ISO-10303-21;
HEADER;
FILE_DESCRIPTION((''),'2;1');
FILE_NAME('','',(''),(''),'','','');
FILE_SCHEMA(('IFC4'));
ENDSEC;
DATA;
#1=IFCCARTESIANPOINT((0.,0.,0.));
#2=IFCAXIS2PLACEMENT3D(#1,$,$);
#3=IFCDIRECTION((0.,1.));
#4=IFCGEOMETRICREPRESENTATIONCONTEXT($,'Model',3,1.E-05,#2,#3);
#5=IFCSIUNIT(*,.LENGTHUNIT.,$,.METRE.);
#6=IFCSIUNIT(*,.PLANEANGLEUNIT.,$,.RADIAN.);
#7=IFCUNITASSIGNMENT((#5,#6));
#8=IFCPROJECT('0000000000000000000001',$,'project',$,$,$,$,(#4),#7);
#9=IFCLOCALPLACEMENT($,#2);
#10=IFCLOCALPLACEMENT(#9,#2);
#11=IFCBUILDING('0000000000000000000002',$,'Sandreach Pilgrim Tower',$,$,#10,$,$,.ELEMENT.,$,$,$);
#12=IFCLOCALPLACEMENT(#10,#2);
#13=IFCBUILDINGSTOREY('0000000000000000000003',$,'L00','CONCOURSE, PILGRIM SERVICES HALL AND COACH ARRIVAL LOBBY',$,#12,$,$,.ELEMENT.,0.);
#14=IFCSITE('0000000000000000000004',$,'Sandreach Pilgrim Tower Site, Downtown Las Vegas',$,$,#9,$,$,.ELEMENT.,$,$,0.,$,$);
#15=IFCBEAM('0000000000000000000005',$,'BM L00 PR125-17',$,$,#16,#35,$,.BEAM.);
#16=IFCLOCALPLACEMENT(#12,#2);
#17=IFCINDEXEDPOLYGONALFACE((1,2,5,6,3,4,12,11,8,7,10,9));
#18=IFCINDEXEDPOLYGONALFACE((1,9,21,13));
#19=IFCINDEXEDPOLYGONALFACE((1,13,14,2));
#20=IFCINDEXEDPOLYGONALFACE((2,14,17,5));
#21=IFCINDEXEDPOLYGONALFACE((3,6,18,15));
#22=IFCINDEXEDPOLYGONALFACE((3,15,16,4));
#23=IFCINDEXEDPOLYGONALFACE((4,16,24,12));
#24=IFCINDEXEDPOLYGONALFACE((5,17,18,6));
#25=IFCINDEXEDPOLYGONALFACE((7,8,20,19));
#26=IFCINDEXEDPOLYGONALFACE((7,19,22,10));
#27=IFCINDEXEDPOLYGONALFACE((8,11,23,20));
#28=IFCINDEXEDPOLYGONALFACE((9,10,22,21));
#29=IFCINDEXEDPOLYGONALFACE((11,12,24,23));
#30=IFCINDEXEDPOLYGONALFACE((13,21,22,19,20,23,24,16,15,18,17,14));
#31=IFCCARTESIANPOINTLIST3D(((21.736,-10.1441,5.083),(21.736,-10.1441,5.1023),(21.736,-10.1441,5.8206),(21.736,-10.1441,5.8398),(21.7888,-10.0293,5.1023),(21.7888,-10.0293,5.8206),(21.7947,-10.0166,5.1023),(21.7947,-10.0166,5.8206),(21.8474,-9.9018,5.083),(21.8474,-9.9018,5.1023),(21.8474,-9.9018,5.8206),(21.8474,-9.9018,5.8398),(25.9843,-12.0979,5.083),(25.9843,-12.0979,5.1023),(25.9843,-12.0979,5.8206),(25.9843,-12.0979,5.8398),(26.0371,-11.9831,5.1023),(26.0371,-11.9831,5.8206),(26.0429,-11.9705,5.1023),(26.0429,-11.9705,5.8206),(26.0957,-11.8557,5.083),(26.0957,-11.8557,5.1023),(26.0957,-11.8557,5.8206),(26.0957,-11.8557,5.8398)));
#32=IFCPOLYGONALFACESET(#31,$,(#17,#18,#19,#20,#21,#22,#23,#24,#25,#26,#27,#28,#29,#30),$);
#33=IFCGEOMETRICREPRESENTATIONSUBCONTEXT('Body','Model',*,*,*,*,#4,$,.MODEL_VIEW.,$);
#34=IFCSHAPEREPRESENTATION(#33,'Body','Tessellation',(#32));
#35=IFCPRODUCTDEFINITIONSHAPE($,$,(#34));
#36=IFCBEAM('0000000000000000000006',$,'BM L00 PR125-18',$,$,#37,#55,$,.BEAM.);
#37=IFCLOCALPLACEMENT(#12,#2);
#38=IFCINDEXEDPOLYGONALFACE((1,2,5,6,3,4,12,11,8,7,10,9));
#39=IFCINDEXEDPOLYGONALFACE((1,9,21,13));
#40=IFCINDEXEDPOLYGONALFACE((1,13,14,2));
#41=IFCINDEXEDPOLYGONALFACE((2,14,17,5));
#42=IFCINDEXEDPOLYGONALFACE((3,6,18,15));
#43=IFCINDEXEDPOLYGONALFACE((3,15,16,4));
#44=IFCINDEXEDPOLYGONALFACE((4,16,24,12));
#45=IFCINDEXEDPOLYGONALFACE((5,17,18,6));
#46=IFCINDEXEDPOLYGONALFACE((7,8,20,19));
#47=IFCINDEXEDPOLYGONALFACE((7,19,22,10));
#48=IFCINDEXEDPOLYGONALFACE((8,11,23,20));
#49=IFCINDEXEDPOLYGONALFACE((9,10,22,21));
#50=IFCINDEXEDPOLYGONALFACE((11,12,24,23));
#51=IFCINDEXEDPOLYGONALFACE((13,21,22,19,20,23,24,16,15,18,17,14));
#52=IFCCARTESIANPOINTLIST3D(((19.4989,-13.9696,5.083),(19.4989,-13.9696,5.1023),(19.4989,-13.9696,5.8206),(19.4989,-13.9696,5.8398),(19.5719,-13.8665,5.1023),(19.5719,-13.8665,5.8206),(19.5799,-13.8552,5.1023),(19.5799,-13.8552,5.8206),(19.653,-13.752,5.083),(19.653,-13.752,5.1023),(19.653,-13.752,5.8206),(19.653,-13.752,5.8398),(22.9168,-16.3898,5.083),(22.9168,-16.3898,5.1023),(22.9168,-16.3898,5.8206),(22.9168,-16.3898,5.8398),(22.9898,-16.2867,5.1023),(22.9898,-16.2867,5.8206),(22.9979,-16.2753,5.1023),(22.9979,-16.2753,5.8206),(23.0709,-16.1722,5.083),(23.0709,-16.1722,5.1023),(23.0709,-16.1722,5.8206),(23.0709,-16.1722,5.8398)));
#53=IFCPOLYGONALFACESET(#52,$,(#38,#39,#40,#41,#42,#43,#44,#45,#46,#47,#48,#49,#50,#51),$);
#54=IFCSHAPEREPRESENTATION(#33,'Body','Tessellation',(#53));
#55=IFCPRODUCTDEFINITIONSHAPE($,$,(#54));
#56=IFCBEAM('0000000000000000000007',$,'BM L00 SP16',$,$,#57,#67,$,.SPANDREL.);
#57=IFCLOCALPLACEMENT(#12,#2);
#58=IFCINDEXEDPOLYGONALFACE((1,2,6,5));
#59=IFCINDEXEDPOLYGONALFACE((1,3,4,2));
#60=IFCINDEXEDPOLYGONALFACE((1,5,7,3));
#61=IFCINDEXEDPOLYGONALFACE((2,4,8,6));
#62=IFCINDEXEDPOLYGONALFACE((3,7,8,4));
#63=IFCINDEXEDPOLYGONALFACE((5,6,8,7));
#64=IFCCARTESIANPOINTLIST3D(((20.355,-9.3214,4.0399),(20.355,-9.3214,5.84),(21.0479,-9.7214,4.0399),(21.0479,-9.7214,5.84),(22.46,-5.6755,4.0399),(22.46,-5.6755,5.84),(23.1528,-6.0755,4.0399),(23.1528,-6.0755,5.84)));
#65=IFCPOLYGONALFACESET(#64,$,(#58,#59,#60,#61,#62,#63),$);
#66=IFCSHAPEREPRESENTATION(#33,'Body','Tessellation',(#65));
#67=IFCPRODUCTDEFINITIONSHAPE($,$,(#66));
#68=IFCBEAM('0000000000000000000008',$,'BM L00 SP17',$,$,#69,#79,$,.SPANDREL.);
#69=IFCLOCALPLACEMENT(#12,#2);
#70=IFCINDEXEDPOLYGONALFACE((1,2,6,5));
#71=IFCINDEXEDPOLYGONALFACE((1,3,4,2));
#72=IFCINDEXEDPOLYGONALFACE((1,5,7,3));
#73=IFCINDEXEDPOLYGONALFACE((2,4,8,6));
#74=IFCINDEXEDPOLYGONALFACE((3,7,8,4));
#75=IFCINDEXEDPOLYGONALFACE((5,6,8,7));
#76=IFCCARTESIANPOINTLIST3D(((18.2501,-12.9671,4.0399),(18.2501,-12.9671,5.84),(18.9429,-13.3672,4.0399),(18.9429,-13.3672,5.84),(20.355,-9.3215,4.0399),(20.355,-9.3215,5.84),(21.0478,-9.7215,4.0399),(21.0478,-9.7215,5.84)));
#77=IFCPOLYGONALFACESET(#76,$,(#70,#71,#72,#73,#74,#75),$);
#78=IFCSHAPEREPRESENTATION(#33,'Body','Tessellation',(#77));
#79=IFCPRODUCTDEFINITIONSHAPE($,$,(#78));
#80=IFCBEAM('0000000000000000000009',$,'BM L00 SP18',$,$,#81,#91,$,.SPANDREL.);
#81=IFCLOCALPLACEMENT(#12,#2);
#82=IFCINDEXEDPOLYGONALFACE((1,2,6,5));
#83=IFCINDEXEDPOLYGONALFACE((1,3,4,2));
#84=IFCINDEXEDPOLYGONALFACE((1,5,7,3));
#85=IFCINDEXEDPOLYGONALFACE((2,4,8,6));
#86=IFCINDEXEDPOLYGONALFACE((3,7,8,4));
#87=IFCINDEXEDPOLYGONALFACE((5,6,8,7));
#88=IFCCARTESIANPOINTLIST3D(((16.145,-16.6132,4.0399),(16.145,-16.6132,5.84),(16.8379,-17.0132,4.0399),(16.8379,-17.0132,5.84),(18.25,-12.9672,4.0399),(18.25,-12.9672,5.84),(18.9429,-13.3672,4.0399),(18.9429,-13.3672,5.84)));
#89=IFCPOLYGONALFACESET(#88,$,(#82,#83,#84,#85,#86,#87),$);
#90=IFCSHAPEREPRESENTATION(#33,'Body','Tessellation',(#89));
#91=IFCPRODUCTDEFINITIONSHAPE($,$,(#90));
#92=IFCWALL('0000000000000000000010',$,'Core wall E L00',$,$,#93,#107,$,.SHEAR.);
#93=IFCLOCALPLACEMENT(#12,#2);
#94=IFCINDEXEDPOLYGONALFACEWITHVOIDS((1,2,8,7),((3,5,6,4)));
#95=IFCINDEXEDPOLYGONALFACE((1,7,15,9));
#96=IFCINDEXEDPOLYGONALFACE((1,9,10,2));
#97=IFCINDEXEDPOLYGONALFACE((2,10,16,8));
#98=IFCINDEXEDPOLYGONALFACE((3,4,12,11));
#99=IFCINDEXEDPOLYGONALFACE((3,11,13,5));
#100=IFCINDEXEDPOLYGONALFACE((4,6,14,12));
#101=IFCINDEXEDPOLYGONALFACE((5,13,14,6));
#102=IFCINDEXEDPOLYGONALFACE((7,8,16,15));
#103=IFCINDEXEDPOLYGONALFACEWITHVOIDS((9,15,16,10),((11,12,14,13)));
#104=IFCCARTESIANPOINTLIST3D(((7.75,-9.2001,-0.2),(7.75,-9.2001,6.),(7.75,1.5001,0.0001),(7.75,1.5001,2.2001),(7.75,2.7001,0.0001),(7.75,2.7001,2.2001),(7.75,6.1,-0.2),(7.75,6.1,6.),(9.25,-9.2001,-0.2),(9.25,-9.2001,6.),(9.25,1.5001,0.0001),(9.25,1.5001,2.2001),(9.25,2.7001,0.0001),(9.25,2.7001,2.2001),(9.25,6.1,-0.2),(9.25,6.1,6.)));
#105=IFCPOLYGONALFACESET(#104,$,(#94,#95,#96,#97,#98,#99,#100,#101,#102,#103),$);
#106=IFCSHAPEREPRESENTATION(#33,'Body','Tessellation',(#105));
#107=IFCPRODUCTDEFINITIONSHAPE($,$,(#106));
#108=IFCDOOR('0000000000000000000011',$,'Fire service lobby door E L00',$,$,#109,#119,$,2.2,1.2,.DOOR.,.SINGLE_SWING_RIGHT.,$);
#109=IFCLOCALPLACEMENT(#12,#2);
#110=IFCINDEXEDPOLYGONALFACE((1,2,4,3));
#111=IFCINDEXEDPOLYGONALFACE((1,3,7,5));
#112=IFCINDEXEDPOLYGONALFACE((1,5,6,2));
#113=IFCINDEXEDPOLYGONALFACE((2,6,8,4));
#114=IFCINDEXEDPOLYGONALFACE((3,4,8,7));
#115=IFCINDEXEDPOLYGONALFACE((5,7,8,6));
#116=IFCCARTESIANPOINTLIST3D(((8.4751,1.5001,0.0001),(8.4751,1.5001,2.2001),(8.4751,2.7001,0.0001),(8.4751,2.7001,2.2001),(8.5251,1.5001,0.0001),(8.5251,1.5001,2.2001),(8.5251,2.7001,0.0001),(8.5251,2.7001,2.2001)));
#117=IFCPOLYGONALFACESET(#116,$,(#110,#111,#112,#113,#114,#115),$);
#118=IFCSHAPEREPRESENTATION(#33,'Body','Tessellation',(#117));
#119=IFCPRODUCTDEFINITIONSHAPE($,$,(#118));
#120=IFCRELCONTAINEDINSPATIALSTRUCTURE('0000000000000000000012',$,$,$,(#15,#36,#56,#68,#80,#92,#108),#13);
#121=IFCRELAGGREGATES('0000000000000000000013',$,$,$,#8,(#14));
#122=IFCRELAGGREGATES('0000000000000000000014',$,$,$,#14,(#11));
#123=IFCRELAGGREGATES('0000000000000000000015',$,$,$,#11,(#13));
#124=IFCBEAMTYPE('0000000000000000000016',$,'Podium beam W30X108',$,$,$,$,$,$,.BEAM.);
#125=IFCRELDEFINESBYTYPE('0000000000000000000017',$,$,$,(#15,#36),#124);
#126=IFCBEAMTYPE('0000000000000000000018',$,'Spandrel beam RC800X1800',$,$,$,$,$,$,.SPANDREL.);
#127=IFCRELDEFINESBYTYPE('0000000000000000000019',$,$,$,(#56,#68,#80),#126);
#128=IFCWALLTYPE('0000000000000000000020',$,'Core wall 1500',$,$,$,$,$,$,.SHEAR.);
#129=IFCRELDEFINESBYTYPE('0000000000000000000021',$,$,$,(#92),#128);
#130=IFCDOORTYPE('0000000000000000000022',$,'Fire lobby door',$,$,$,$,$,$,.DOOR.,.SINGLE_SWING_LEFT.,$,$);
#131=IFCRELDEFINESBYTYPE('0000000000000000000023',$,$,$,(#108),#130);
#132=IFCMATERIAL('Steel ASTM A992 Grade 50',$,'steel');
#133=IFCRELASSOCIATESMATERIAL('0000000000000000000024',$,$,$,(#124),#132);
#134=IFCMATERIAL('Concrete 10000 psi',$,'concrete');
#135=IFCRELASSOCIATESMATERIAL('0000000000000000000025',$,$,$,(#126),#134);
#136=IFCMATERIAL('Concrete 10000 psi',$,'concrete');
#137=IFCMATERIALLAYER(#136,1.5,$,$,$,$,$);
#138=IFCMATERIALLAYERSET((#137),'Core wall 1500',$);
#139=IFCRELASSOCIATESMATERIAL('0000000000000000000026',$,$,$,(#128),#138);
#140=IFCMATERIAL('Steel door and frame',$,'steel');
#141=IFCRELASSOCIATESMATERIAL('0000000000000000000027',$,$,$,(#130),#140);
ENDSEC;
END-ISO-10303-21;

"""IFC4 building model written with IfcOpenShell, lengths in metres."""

from ifc_helpers import new_model, si_unit, direction, frame, frame_2d, origin, origin_2d, place, context, subcontext, project, spatial, rectangle, i_section, extrude, material, layer, layer_set, material_profile, profile_set, type_object, element, fill, save


model = new_model("IFC4")

# Units and contexts
model_context = context("Model", 3, precision=1e-05, world=origin(), true_north=direction((0.0, 1.0)))
body_context = subcontext(model_context, "Body", "Model", "MODEL_VIEW")
ifc_project = project(units=[si_unit("LENGTHUNIT", "METRE"), si_unit("PLANEANGLEUNIT", "RADIAN")], contexts=[model_context])

# Site, building, storey
site_placement = place(None, origin())
site = spatial("IfcSite", under=ifc_project, at=site_placement, Name="Sandreach Pilgrim Tower Site, Downtown Las Vegas", CompositionType="ELEMENT", RefElevation=0.0)
building_placement = place(site_placement, origin())
building = spatial("IfcBuilding", under=site, at=building_placement, Name="Sandreach Pilgrim Tower", CompositionType="ELEMENT")
storey_placement = place(building_placement, origin())
storey = spatial("IfcBuildingStorey", under=building, at=storey_placement, Name="L00", Description="CONCOURSE, PILGRIM SERVICES HALL AND COACH ARRIVAL LOBBY", CompositionType="ELEMENT", Elevation=0.0)

# Beams
ifc_material_1 = material(Name="Steel ASTM A992 Grade 50", Category="steel")
ifc_material_profile_1 = material_profile(ifc_material_1, i_section(OverallWidth=0.2666, OverallDepth=0.7568, WebThickness=0.0139, FlangeThickness=0.0193, at=origin_2d()), Name="W30X108")
ifc_profile_set_1 = profile_set([ifc_material_profile_1], Name="Steel ASTM A992 Grade 50")
beam_type_1 = type_object("IfcBeamType", Name="Podium beam W30X108", PredefinedType="BEAM", material=ifc_profile_set_1)
beam_1_placement = place(storey_placement, frame((21.7917, -10.0229, 5.4614), z_axis=(0.908519, -0.417843, 0.0), x_axis=(0.417843, 0.908519, 0.0)))
element("IfcBeam", 1, at=beam_1_placement, inside=storey, type_object=beam_type_1, Name="BM L00 PR125-17", PredefinedType="BEAM", context=body_context, shape_type="SweptSolid", body=[
    extrude(i_section(OverallWidth=0.2666, OverallDepth=0.7568, WebThickness=0.0139, FlangeThickness=0.0193, at=origin_2d()), origin(), (0.0, 0.0, 1.0), 4.676),
])
beam_2_placement = place(storey_placement, frame((19.5759, -13.8608, 5.4614), z_axis=(0.816125, -0.577875, 0.0), x_axis=(0.577875, 0.816125, 0.0)))
element("IfcBeam", 2, at=beam_2_placement, inside=storey, type_object=beam_type_1, Name="BM L00 PR125-18", PredefinedType="BEAM", context=body_context, shape_type="SweptSolid", body=[
    extrude(i_section(OverallWidth=0.2666, OverallDepth=0.7568, WebThickness=0.0139, FlangeThickness=0.0193, at=origin_2d()), origin(), (0.0, 0.0, 1.0), 4.188),
])
ifc_material_2 = material(Name="Concrete 10000 psi", Category="concrete")
ifc_material_profile_2 = material_profile(ifc_material_2, rectangle(XDim=0.8, YDim=1.8, at=origin_2d()), Name="RC800X1800")
ifc_profile_set_2 = profile_set([ifc_material_profile_2], Name="Concrete 10000 psi")
beam_type_2 = type_object("IfcBeamType", Name="Spandrel beam RC800X1800", PredefinedType="SPANDREL", material=ifc_profile_set_2)
beam_3_placement = place(storey_placement, frame((22.8064, -5.8755, 4.9399), z_axis=(-0.499994, -0.866029, 0.0), x_axis=(0.866029, -0.499994, 0.0)))
element("IfcBeam", 3, at=beam_3_placement, inside=storey, type_object=beam_type_2, Name="BM L00 SP16", PredefinedType="SPANDREL", context=body_context, shape_type="SweptSolid", body=[
    extrude(rectangle(XDim=0.8, YDim=1.8, at=origin_2d()), origin(), (0.0, 0.0, 1.0), 4.21),
])
beam_4_placement = place(storey_placement, frame((20.7014, -9.5215, 4.9399), z_axis=(-0.500019, -0.866015, 0.0), x_axis=(0.866015, -0.500019, 0.0)))
element("IfcBeam", 4, at=beam_4_placement, inside=storey, type_object=beam_type_2, Name="BM L00 SP17", PredefinedType="SPANDREL", context=body_context, shape_type="SweptSolid", body=[
    extrude(rectangle(XDim=0.8, YDim=1.8, at=origin_2d()), origin(), (0.0, 0.0, 1.0), 4.2097),
])
beam_5_placement = place(storey_placement, frame((18.5964, -13.1672, 4.9399), z_axis=(-0.499994, -0.866029, 0.0), x_axis=(0.866029, -0.499994, 0.0)))
element("IfcBeam", 5, at=beam_5_placement, inside=storey, type_object=beam_type_2, Name="BM L00 SP18", PredefinedType="SPANDREL", context=body_context, shape_type="SweptSolid", body=[
    extrude(rectangle(XDim=0.8, YDim=1.8, at=origin_2d()), origin(), (0.0, 0.0, 1.0), 4.21),
])

# Wall, opening, door
ifc_material_3 = material(Name="Concrete 10000 psi", Category="concrete")
ifc_layer = layer(ifc_material_3, 1.5)
ifc_layer_set = layer_set([ifc_layer], Name="Core wall 1500")
wall_type = type_object("IfcWallType", Name="Core wall 1500", PredefinedType="SHEAR", material=ifc_layer_set)
wall_placement = place(storey_placement, frame((8.5, -9.2, -0.2), z_axis=(0.0, 0.0, 1.0), x_axis=(0.0, 1.0, 0.0)))
wall = element("IfcWall", 6, at=wall_placement, inside=storey, type_object=wall_type, Name="Core wall E L00", PredefinedType="SHEAR", context=body_context, shape_type="SweptSolid", body=[
    extrude(rectangle(XDim=15.3, YDim=1.5, at=frame_2d((7.6499, 0.0))), origin(), (0.0, 0.0, 1.0), 6.2),
])
opening_placement = place(wall_placement, frame((10.7, 0.0, 0.2)))
opening = element("IfcOpeningElement", 7, at=opening_placement, cuts=wall, PredefinedType="OPENING", context=body_context, shape_type="SweptSolid", body=[
    extrude(rectangle(XDim=1.2, YDim=2.2, at=frame_2d((0.6001, 1.1001))), frame((0.0, 0.75, 0.0), z_axis=(0.0, -1.0, 0.0), x_axis=(1.0, 0.0, 0.0)), (0.0, 0.0, 1.0), 1.5),
])
ifc_material_4 = material(Name="Steel door and frame", Category="steel")
door_type = type_object("IfcDoorType", Name="Fire lobby door", OperationType="SINGLE_SWING_LEFT", PredefinedType="DOOR", material=ifc_material_4)
door_placement = place(opening_placement, origin())
door = element("IfcDoor", 8, at=door_placement, inside=storey, type_object=door_type, Name="Fire service lobby door E L00", OperationType="SINGLE_SWING_RIGHT", OverallHeight=2.2, OverallWidth=1.2, PredefinedType="DOOR", context=body_context, shape_type="SweptSolid", body=[
    extrude(rectangle(XDim=1.2, YDim=2.2, at=frame_2d((0.6001, 1.1001))), frame((0.0, 0.0249, 0.0), z_axis=(0.0, -1.0, 0.0), x_axis=(1.0, 0.0, 0.0)), (0.0, 0.0, 1.0), 0.05),
])
fill(opening, door)

save(model, "model.ifc")
